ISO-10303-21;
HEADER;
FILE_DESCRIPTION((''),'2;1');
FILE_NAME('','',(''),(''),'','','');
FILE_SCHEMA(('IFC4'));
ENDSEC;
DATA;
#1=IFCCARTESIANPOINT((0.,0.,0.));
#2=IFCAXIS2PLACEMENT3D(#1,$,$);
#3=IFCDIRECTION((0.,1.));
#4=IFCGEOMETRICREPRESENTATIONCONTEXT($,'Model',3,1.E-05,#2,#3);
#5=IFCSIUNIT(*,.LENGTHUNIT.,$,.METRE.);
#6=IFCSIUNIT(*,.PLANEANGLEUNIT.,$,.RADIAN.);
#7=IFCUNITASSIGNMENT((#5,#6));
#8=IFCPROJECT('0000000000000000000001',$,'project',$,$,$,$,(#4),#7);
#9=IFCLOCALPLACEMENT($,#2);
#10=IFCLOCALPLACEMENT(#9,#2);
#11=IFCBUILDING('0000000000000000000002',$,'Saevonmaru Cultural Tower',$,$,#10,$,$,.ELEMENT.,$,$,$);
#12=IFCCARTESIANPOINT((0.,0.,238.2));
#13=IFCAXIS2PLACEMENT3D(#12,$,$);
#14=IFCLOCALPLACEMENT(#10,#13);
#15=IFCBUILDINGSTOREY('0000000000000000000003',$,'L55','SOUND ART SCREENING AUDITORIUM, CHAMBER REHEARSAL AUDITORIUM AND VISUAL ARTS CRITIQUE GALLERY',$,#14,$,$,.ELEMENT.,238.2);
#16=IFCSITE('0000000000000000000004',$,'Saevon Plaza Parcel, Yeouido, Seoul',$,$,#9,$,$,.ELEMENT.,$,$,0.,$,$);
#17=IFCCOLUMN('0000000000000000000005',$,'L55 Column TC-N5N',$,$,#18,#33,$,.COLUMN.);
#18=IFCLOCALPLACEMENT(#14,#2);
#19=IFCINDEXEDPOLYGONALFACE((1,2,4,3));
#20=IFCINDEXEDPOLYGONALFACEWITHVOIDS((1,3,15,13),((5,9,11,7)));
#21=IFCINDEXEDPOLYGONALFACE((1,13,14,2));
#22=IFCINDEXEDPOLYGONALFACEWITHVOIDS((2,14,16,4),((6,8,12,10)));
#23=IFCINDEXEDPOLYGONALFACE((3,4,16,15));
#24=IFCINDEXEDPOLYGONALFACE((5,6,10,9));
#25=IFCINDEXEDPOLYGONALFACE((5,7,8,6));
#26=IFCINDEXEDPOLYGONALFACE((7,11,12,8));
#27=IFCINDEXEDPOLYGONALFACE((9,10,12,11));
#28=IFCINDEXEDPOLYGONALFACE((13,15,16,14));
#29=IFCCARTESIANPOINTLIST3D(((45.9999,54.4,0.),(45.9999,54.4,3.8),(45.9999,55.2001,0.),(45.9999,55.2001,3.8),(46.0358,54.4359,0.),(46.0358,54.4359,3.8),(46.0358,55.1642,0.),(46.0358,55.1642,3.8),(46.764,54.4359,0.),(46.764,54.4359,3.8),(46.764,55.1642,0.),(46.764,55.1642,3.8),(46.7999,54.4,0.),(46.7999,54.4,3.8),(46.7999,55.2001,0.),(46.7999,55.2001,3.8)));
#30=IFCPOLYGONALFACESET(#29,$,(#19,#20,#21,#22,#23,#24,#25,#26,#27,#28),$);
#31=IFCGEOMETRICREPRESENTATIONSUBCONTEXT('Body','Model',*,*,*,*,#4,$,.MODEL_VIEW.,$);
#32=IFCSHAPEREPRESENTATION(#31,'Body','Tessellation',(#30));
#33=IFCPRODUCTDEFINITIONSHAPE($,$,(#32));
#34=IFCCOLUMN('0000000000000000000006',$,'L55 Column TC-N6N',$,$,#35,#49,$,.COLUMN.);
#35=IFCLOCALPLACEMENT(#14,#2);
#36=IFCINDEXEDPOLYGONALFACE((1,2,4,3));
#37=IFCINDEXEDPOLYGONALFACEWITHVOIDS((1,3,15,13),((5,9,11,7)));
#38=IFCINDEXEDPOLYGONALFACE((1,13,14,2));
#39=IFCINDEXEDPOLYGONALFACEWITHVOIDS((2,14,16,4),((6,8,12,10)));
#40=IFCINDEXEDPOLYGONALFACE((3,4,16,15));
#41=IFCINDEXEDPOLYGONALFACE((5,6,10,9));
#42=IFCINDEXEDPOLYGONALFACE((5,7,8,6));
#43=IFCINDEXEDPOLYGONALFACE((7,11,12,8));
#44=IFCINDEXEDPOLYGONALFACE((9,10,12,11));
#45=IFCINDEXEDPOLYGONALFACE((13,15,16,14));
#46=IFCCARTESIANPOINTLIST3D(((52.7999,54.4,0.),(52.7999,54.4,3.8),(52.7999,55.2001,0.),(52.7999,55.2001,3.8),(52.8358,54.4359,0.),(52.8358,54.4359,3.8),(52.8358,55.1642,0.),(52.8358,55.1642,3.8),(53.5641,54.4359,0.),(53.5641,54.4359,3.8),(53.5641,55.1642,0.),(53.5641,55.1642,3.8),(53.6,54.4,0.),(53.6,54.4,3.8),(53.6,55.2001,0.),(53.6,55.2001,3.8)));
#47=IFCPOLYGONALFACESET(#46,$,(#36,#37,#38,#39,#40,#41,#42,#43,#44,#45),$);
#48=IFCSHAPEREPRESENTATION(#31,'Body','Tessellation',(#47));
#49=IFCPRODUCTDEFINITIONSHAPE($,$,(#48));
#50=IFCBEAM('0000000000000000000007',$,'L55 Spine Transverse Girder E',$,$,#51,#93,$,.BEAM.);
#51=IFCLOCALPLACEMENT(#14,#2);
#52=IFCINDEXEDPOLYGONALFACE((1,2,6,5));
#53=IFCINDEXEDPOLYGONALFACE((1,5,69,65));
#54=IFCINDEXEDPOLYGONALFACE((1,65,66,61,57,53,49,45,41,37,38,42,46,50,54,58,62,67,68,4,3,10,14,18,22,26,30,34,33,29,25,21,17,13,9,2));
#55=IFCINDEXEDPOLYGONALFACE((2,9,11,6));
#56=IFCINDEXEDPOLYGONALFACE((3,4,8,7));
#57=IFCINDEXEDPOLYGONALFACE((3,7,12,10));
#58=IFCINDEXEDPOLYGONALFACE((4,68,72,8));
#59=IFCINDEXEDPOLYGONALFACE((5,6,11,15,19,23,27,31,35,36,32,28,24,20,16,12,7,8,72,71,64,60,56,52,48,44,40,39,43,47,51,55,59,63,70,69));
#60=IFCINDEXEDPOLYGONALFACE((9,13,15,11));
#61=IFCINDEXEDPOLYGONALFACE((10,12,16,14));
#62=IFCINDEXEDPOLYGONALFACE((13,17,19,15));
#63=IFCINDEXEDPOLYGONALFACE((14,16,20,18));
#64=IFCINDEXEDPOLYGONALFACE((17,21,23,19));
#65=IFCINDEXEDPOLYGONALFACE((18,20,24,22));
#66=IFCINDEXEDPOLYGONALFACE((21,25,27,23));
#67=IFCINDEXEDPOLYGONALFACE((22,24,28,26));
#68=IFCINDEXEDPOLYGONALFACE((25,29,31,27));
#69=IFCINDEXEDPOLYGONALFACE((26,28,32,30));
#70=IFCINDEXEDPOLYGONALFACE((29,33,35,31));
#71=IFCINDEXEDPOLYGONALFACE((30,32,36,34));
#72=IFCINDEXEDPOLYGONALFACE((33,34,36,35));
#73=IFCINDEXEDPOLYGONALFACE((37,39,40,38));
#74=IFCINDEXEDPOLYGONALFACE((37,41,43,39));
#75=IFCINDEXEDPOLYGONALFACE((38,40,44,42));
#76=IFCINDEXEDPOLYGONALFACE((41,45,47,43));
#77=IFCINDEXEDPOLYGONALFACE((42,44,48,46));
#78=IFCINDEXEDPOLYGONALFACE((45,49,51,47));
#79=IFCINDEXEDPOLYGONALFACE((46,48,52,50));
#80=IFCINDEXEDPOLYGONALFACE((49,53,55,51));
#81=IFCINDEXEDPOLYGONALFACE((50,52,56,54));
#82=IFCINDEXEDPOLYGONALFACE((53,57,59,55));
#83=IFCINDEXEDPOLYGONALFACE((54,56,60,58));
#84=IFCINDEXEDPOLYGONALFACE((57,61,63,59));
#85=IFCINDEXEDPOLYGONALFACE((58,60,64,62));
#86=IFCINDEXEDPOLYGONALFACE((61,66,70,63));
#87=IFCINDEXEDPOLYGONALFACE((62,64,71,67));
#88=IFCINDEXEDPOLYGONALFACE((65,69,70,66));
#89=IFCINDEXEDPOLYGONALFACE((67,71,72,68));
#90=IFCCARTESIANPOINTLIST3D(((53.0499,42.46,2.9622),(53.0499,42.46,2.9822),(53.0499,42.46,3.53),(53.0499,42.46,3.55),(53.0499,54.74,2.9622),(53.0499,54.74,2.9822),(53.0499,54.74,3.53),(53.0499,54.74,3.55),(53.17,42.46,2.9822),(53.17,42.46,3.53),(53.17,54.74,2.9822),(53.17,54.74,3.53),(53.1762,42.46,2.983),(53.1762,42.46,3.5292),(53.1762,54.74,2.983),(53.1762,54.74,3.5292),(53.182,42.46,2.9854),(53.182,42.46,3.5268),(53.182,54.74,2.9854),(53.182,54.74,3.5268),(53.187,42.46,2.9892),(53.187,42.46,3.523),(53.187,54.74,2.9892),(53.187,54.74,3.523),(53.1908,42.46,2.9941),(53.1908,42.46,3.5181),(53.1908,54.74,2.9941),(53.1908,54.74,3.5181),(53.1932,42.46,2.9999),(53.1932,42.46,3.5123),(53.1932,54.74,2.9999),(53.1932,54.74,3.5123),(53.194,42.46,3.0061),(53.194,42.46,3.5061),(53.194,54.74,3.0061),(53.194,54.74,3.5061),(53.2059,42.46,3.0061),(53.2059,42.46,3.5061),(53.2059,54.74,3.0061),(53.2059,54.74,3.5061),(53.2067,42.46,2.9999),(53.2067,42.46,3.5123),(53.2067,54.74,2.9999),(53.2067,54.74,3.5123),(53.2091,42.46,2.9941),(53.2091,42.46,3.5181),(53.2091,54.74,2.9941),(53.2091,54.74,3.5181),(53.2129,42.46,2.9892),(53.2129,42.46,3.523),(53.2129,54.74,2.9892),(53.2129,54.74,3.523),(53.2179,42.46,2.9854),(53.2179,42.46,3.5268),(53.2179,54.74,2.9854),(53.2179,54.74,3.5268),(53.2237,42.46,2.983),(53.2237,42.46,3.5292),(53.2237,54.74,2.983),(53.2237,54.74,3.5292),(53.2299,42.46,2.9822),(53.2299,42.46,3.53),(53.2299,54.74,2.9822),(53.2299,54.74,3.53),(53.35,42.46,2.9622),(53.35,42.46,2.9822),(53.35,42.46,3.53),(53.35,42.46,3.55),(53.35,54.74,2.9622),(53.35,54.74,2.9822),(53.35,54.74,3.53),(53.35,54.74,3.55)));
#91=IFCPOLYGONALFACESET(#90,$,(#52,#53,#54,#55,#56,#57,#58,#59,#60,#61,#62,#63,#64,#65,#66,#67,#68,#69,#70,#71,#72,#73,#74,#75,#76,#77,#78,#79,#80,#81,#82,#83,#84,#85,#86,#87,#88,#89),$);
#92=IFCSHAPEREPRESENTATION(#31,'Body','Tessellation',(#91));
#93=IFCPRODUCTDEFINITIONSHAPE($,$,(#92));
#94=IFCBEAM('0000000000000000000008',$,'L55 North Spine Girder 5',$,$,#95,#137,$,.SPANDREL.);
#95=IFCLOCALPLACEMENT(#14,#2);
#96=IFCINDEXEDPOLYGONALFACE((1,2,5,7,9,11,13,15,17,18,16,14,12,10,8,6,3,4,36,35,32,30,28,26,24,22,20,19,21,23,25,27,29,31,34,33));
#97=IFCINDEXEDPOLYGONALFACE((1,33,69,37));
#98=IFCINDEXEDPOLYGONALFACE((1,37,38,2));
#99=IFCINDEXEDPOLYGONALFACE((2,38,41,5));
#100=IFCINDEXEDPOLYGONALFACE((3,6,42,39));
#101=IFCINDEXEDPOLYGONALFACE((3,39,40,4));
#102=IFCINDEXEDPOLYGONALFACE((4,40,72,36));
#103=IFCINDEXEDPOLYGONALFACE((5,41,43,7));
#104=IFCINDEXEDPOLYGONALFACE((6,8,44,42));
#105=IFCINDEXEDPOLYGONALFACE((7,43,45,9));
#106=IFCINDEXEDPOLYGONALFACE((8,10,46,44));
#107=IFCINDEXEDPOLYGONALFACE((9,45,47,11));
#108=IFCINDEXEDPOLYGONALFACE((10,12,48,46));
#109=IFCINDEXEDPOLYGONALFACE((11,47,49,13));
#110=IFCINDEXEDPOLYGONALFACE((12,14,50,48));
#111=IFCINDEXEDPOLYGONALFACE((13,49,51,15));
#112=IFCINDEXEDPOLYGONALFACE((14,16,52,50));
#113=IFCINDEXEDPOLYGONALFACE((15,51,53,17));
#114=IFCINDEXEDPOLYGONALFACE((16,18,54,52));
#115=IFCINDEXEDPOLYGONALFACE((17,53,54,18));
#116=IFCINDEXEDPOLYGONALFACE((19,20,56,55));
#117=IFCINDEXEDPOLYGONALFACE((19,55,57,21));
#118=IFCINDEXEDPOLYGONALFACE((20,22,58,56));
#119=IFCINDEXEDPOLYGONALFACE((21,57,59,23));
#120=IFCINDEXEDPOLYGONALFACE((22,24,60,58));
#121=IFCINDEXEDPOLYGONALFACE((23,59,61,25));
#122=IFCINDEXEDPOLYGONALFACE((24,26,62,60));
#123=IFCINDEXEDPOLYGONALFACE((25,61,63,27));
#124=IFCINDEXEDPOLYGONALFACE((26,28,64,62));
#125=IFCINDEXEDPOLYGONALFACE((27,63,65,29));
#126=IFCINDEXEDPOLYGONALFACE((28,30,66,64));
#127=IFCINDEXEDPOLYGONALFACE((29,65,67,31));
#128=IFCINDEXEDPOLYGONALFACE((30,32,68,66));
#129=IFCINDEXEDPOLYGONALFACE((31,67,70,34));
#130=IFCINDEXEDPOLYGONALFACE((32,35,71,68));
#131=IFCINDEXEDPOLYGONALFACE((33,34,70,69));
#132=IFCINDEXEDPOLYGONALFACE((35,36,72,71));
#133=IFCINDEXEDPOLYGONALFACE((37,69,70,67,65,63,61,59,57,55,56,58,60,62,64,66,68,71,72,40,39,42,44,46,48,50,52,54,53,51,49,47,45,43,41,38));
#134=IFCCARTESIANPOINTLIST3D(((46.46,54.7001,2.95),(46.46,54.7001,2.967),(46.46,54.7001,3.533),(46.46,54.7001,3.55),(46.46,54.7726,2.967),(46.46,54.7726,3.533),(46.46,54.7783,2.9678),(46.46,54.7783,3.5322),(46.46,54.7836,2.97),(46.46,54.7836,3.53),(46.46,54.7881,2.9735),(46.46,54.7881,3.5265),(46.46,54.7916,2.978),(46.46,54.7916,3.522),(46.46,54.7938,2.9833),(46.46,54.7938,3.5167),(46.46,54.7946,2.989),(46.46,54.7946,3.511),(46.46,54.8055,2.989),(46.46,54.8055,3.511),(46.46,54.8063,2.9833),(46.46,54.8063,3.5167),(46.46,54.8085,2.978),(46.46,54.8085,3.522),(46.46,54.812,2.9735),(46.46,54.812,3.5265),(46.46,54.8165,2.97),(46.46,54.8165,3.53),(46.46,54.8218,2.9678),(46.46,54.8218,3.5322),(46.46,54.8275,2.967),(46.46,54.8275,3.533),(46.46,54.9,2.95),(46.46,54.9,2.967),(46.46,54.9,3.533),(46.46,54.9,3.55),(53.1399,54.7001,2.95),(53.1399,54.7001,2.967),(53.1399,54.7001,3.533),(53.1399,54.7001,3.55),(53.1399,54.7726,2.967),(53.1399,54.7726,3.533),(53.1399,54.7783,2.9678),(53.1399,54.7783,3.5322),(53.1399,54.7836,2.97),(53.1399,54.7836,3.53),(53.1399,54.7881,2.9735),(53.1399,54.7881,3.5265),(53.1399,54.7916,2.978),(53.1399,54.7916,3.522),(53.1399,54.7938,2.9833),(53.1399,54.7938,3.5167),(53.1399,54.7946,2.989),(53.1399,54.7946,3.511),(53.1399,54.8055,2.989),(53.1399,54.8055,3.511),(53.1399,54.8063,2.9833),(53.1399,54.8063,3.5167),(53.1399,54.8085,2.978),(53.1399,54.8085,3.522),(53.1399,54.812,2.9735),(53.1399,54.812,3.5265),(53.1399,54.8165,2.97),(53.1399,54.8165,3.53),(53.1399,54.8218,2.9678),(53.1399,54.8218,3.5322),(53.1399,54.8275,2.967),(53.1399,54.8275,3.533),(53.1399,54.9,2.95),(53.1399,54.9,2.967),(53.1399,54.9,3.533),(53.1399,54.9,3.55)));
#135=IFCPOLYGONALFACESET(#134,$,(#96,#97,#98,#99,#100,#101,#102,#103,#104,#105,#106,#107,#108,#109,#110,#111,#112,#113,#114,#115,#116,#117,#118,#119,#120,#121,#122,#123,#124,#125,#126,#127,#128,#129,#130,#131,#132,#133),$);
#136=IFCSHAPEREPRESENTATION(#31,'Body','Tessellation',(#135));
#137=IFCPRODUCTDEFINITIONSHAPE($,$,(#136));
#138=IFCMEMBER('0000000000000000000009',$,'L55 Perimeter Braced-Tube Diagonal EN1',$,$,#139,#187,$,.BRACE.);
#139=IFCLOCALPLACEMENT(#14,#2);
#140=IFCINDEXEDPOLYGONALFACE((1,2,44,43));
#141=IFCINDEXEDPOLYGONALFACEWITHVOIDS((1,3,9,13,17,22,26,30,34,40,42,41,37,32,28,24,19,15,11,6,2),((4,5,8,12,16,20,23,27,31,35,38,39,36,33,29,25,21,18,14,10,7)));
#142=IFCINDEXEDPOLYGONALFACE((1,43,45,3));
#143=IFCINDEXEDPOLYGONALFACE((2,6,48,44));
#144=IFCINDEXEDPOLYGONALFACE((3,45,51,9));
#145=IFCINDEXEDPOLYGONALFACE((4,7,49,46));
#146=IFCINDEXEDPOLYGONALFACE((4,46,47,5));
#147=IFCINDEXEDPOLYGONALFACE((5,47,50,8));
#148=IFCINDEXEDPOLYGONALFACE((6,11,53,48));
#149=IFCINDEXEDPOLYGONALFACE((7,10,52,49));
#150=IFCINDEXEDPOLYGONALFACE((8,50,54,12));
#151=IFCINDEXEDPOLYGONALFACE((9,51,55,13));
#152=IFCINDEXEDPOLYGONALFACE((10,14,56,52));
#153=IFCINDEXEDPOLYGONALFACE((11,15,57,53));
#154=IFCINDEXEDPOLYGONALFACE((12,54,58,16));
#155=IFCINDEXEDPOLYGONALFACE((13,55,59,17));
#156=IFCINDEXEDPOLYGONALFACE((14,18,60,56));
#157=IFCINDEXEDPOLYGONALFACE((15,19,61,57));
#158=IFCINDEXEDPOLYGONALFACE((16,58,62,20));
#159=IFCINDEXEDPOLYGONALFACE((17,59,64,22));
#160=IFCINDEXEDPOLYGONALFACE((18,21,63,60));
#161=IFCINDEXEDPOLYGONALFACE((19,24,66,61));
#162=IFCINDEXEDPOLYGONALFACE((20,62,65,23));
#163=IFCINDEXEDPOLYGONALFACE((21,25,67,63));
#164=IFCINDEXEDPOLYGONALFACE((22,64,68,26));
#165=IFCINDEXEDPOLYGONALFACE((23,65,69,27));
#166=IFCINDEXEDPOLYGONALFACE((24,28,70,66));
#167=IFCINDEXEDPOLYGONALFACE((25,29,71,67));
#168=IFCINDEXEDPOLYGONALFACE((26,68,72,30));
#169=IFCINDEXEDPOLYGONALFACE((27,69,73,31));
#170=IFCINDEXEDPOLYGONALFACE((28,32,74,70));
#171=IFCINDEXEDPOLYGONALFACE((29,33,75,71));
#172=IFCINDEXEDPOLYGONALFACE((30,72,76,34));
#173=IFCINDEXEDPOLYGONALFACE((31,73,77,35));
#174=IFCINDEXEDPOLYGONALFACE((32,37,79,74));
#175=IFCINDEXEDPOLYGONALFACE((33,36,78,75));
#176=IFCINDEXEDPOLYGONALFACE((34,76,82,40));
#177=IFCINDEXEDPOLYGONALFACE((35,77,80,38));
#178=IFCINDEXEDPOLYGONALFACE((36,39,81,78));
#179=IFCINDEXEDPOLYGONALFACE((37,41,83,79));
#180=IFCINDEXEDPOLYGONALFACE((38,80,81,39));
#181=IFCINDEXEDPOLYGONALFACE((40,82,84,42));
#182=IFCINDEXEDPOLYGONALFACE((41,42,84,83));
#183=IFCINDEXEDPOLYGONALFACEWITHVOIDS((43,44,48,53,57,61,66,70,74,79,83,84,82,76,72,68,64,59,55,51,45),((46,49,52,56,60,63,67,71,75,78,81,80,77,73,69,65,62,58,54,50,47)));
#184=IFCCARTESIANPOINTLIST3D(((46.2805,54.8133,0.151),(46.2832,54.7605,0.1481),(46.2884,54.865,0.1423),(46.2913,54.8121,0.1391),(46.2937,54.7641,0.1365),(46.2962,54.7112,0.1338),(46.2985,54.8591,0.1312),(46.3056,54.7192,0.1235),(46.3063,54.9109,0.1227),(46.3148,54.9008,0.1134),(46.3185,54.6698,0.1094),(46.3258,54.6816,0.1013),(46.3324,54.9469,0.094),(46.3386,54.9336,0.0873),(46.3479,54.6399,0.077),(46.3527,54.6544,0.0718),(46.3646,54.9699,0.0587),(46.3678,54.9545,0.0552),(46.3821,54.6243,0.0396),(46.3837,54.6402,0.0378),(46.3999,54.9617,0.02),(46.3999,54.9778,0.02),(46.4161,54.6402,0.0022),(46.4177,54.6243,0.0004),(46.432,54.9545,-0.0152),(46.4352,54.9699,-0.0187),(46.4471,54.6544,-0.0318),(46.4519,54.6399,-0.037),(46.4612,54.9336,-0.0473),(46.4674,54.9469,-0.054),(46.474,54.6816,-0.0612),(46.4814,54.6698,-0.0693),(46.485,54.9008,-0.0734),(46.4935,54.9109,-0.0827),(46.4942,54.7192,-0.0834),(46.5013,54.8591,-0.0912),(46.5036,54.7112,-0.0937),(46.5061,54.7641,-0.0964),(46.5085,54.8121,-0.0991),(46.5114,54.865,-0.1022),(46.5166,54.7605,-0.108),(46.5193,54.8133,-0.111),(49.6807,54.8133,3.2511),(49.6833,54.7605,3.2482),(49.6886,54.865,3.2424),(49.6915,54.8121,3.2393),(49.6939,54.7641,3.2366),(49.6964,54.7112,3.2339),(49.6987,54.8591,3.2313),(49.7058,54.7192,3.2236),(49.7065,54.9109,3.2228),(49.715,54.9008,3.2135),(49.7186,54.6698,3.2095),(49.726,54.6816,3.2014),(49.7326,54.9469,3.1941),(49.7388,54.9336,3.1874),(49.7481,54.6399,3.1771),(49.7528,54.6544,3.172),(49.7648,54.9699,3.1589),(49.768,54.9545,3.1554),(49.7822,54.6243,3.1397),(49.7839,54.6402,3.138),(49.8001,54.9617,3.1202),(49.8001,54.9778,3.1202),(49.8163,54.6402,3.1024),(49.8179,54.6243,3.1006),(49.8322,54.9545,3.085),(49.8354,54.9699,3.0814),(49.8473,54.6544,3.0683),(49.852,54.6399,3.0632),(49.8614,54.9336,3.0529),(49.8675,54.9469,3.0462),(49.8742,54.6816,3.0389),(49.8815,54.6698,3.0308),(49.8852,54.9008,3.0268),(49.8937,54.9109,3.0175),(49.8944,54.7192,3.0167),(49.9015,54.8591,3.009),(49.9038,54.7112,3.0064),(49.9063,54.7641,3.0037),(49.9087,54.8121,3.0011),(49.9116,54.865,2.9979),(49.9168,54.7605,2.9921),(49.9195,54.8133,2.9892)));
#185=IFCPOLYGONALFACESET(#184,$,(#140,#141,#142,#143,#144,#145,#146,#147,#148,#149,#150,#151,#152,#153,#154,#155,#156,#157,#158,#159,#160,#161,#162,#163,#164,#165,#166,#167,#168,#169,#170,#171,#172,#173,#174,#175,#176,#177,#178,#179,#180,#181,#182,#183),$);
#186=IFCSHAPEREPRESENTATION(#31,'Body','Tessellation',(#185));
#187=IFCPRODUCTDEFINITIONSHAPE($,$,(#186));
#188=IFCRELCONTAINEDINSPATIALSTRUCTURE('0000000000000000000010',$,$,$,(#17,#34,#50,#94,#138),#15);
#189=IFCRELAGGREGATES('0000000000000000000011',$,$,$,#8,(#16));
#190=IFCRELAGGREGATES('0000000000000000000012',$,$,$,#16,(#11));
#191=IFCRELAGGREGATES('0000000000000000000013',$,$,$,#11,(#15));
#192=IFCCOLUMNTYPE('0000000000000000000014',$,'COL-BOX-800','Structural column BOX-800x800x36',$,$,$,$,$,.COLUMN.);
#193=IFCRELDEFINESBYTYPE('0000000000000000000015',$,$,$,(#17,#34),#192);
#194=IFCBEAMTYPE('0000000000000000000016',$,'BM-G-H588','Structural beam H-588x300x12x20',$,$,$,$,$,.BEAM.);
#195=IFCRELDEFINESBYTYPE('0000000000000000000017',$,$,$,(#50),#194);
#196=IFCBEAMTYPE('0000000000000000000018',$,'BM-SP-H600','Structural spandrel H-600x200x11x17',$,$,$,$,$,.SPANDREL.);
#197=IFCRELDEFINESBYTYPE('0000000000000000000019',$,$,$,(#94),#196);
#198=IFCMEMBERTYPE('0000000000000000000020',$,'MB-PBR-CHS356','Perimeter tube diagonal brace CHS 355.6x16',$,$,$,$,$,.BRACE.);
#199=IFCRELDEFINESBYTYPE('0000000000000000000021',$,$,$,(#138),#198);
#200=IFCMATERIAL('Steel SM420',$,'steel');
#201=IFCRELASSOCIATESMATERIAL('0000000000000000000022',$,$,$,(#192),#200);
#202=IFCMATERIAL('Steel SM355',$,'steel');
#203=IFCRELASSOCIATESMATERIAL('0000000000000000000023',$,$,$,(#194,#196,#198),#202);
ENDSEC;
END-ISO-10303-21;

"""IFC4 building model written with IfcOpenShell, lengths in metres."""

from ifc_helpers import new_model, si_unit, direction, frame, origin, origin_2d, place, context, subcontext, project, spatial, hollow_rectangle, hollow_circle, i_section, extrude, material, material_profile, profile_set, type_object, element, save


model = new_model("IFC4")

# Units and contexts
model_context = context("Model", 3, precision=1e-05, world=origin(), true_north=direction((0.0, 1.0)))
body_context = subcontext(model_context, "Body", "Model", "MODEL_VIEW")
ifc_project = project(units=[si_unit("LENGTHUNIT", "METRE"), si_unit("PLANEANGLEUNIT", "RADIAN")], contexts=[model_context])

# Site, building, storey
site_placement = place(None, origin())
site = spatial("IfcSite", under=ifc_project, at=site_placement, Name="Saevon Plaza Parcel, Yeouido, Seoul", CompositionType="ELEMENT", RefElevation=0.0)
building_placement = place(site_placement, origin())
building = spatial("IfcBuilding", under=site, at=building_placement, Name="Saevonmaru Cultural Tower", CompositionType="ELEMENT")
storey_placement = place(building_placement, frame((0.0, 0.0, 238.2)))
storey = spatial("IfcBuildingStorey", under=building, at=storey_placement, Name="L55", Description="SOUND ART SCREENING AUDITORIUM, CHAMBER REHEARSAL AUDITORIUM AND VISUAL ARTS CRITIQUE GALLERY", CompositionType="ELEMENT", Elevation=238.2)

# Columns
ifc_material_1 = material(Name="Steel SM420", Category="steel")
ifc_material_profile_1 = material_profile(ifc_material_1, hollow_rectangle(XDim=0.8, YDim=0.8, WallThickness=0.0359, at=origin_2d()), Name="BOX-800x800x36")
ifc_profile_set_1 = profile_set([ifc_material_profile_1], Name="Steel SM420")
column_type = type_object("IfcColumnType", Name="COL-BOX-800", Description="Structural column BOX-800x800x36", PredefinedType="COLUMN", material=ifc_profile_set_1)
for number, where, z_axis, x_axis, name in (
    (1, (46.3999, 54.8, 0.0), (0.0, 0.0, 1.0), (1.0, 0.0, 0.0), "L55 Column TC-N5N"),
    (2, (53.2, 54.8, 0.0), (0.0, 0.0, 1.0), (1.0, 0.0, 0.0), "L55 Column TC-N6N"),
):
    element("IfcColumn", number, at=place(storey_placement, frame(where, z_axis=z_axis, x_axis=x_axis)), inside=storey, type_object=column_type, Name=name, PredefinedType="COLUMN", context=body_context, shape_type="SweptSolid", body=[
        extrude(hollow_rectangle(XDim=0.8, YDim=0.8, WallThickness=0.0359, at=origin_2d()), origin(), (0.0, 0.0, 1.0), 3.8),
    ])

# Beams
ifc_material_2 = material(Name="Steel SM355", Category="steel")
ifc_material_profile_2 = material_profile(ifc_material_2, i_section(OverallWidth=0.3, OverallDepth=0.5879, WebThickness=0.012, FlangeThickness=0.02, FilletRadius=0.0239, at=origin_2d()), Name="H-588x300x12x20")
ifc_profile_set_2 = profile_set([ifc_material_profile_2], Name="Steel SM355")
beam_type_1 = type_object("IfcBeamType", Name="BM-G-H588", Description="Structural beam H-588x300x12x20", PredefinedType="BEAM", material=ifc_profile_set_2)
beam_1_placement = place(storey_placement, frame((53.2, 54.74, 3.2561), z_axis=(0.0, -1.0, 0.0), x_axis=(1.0, 0.0, 0.0)))
element("IfcBeam", 3, at=beam_1_placement, inside=storey, type_object=beam_type_1, Name="L55 Spine Transverse Girder E", PredefinedType="BEAM", context=body_context, shape_type="SweptSolid", body=[
    extrude(i_section(OverallWidth=0.3, OverallDepth=0.5879, WebThickness=0.012, FlangeThickness=0.02, FilletRadius=0.0239, at=origin_2d()), origin(), (0.0, 0.0, 1.0), 12.28),
])
ifc_material_profile_3 = material_profile(ifc_material_2, i_section(OverallWidth=0.2, OverallDepth=0.6001, WebThickness=0.011, FlangeThickness=0.0171, FilletRadius=0.022, at=origin_2d()), Name="H-600x200x11x17")
ifc_profile_set_3 = profile_set([ifc_material_profile_3], Name="Steel SM355")
beam_type_2 = type_object("IfcBeamType", Name="BM-SP-H600", Description="Structural spandrel H-600x200x11x17", PredefinedType="SPANDREL", material=ifc_profile_set_3)
beam_2_placement = place(storey_placement, frame((46.46, 54.8, 3.25), z_axis=(1.0, 0.0, 0.0), x_axis=(0.0, 1.0, 0.0)))
element("IfcBeam", 4, at=beam_2_placement, inside=storey, type_object=beam_type_2, Name="L55 North Spine Girder 5", PredefinedType="SPANDREL", context=body_context, shape_type="SweptSolid", body=[
    extrude(i_section(OverallWidth=0.2, OverallDepth=0.6001, WebThickness=0.011, FlangeThickness=0.0171, FilletRadius=0.022, at=origin_2d()), origin(), (0.0, 0.0, 1.0), 6.6799),
])

# Member
ifc_material_profile_4 = material_profile(ifc_material_2, hollow_circle(Radius=0.1777, WallThickness=0.0161, at=origin_2d()), Name="CHS-355.6x16")
ifc_profile_set_4 = profile_set([ifc_material_profile_4], Name="Steel SM355")
member_type_1 = type_object("IfcMemberType", Name="MB-PBR-CHS356", Description="Perimeter tube diagonal brace CHS 355.6x16", PredefinedType="BRACE", material=ifc_profile_set_4)
member_1_placement = place(storey_placement, frame((46.3999, 54.8, 0.02), z_axis=(0.73896, 0.0, 0.67375), x_axis=(0.0, 1.0, 0.0)))
element("IfcMember", 5, at=member_1_placement, inside=storey, type_object=member_type_1, Name="L55 Perimeter Braced-Tube Diagonal EN1", PredefinedType="BRACE", context=body_context, shape_type="SweptSolid", body=[
    extrude(hollow_circle(Radius=0.1777, WallThickness=0.0161, at=origin_2d()), origin(), (0.0, 0.0, 1.0), 4.6013),
])

save(model, "model.ifc")
